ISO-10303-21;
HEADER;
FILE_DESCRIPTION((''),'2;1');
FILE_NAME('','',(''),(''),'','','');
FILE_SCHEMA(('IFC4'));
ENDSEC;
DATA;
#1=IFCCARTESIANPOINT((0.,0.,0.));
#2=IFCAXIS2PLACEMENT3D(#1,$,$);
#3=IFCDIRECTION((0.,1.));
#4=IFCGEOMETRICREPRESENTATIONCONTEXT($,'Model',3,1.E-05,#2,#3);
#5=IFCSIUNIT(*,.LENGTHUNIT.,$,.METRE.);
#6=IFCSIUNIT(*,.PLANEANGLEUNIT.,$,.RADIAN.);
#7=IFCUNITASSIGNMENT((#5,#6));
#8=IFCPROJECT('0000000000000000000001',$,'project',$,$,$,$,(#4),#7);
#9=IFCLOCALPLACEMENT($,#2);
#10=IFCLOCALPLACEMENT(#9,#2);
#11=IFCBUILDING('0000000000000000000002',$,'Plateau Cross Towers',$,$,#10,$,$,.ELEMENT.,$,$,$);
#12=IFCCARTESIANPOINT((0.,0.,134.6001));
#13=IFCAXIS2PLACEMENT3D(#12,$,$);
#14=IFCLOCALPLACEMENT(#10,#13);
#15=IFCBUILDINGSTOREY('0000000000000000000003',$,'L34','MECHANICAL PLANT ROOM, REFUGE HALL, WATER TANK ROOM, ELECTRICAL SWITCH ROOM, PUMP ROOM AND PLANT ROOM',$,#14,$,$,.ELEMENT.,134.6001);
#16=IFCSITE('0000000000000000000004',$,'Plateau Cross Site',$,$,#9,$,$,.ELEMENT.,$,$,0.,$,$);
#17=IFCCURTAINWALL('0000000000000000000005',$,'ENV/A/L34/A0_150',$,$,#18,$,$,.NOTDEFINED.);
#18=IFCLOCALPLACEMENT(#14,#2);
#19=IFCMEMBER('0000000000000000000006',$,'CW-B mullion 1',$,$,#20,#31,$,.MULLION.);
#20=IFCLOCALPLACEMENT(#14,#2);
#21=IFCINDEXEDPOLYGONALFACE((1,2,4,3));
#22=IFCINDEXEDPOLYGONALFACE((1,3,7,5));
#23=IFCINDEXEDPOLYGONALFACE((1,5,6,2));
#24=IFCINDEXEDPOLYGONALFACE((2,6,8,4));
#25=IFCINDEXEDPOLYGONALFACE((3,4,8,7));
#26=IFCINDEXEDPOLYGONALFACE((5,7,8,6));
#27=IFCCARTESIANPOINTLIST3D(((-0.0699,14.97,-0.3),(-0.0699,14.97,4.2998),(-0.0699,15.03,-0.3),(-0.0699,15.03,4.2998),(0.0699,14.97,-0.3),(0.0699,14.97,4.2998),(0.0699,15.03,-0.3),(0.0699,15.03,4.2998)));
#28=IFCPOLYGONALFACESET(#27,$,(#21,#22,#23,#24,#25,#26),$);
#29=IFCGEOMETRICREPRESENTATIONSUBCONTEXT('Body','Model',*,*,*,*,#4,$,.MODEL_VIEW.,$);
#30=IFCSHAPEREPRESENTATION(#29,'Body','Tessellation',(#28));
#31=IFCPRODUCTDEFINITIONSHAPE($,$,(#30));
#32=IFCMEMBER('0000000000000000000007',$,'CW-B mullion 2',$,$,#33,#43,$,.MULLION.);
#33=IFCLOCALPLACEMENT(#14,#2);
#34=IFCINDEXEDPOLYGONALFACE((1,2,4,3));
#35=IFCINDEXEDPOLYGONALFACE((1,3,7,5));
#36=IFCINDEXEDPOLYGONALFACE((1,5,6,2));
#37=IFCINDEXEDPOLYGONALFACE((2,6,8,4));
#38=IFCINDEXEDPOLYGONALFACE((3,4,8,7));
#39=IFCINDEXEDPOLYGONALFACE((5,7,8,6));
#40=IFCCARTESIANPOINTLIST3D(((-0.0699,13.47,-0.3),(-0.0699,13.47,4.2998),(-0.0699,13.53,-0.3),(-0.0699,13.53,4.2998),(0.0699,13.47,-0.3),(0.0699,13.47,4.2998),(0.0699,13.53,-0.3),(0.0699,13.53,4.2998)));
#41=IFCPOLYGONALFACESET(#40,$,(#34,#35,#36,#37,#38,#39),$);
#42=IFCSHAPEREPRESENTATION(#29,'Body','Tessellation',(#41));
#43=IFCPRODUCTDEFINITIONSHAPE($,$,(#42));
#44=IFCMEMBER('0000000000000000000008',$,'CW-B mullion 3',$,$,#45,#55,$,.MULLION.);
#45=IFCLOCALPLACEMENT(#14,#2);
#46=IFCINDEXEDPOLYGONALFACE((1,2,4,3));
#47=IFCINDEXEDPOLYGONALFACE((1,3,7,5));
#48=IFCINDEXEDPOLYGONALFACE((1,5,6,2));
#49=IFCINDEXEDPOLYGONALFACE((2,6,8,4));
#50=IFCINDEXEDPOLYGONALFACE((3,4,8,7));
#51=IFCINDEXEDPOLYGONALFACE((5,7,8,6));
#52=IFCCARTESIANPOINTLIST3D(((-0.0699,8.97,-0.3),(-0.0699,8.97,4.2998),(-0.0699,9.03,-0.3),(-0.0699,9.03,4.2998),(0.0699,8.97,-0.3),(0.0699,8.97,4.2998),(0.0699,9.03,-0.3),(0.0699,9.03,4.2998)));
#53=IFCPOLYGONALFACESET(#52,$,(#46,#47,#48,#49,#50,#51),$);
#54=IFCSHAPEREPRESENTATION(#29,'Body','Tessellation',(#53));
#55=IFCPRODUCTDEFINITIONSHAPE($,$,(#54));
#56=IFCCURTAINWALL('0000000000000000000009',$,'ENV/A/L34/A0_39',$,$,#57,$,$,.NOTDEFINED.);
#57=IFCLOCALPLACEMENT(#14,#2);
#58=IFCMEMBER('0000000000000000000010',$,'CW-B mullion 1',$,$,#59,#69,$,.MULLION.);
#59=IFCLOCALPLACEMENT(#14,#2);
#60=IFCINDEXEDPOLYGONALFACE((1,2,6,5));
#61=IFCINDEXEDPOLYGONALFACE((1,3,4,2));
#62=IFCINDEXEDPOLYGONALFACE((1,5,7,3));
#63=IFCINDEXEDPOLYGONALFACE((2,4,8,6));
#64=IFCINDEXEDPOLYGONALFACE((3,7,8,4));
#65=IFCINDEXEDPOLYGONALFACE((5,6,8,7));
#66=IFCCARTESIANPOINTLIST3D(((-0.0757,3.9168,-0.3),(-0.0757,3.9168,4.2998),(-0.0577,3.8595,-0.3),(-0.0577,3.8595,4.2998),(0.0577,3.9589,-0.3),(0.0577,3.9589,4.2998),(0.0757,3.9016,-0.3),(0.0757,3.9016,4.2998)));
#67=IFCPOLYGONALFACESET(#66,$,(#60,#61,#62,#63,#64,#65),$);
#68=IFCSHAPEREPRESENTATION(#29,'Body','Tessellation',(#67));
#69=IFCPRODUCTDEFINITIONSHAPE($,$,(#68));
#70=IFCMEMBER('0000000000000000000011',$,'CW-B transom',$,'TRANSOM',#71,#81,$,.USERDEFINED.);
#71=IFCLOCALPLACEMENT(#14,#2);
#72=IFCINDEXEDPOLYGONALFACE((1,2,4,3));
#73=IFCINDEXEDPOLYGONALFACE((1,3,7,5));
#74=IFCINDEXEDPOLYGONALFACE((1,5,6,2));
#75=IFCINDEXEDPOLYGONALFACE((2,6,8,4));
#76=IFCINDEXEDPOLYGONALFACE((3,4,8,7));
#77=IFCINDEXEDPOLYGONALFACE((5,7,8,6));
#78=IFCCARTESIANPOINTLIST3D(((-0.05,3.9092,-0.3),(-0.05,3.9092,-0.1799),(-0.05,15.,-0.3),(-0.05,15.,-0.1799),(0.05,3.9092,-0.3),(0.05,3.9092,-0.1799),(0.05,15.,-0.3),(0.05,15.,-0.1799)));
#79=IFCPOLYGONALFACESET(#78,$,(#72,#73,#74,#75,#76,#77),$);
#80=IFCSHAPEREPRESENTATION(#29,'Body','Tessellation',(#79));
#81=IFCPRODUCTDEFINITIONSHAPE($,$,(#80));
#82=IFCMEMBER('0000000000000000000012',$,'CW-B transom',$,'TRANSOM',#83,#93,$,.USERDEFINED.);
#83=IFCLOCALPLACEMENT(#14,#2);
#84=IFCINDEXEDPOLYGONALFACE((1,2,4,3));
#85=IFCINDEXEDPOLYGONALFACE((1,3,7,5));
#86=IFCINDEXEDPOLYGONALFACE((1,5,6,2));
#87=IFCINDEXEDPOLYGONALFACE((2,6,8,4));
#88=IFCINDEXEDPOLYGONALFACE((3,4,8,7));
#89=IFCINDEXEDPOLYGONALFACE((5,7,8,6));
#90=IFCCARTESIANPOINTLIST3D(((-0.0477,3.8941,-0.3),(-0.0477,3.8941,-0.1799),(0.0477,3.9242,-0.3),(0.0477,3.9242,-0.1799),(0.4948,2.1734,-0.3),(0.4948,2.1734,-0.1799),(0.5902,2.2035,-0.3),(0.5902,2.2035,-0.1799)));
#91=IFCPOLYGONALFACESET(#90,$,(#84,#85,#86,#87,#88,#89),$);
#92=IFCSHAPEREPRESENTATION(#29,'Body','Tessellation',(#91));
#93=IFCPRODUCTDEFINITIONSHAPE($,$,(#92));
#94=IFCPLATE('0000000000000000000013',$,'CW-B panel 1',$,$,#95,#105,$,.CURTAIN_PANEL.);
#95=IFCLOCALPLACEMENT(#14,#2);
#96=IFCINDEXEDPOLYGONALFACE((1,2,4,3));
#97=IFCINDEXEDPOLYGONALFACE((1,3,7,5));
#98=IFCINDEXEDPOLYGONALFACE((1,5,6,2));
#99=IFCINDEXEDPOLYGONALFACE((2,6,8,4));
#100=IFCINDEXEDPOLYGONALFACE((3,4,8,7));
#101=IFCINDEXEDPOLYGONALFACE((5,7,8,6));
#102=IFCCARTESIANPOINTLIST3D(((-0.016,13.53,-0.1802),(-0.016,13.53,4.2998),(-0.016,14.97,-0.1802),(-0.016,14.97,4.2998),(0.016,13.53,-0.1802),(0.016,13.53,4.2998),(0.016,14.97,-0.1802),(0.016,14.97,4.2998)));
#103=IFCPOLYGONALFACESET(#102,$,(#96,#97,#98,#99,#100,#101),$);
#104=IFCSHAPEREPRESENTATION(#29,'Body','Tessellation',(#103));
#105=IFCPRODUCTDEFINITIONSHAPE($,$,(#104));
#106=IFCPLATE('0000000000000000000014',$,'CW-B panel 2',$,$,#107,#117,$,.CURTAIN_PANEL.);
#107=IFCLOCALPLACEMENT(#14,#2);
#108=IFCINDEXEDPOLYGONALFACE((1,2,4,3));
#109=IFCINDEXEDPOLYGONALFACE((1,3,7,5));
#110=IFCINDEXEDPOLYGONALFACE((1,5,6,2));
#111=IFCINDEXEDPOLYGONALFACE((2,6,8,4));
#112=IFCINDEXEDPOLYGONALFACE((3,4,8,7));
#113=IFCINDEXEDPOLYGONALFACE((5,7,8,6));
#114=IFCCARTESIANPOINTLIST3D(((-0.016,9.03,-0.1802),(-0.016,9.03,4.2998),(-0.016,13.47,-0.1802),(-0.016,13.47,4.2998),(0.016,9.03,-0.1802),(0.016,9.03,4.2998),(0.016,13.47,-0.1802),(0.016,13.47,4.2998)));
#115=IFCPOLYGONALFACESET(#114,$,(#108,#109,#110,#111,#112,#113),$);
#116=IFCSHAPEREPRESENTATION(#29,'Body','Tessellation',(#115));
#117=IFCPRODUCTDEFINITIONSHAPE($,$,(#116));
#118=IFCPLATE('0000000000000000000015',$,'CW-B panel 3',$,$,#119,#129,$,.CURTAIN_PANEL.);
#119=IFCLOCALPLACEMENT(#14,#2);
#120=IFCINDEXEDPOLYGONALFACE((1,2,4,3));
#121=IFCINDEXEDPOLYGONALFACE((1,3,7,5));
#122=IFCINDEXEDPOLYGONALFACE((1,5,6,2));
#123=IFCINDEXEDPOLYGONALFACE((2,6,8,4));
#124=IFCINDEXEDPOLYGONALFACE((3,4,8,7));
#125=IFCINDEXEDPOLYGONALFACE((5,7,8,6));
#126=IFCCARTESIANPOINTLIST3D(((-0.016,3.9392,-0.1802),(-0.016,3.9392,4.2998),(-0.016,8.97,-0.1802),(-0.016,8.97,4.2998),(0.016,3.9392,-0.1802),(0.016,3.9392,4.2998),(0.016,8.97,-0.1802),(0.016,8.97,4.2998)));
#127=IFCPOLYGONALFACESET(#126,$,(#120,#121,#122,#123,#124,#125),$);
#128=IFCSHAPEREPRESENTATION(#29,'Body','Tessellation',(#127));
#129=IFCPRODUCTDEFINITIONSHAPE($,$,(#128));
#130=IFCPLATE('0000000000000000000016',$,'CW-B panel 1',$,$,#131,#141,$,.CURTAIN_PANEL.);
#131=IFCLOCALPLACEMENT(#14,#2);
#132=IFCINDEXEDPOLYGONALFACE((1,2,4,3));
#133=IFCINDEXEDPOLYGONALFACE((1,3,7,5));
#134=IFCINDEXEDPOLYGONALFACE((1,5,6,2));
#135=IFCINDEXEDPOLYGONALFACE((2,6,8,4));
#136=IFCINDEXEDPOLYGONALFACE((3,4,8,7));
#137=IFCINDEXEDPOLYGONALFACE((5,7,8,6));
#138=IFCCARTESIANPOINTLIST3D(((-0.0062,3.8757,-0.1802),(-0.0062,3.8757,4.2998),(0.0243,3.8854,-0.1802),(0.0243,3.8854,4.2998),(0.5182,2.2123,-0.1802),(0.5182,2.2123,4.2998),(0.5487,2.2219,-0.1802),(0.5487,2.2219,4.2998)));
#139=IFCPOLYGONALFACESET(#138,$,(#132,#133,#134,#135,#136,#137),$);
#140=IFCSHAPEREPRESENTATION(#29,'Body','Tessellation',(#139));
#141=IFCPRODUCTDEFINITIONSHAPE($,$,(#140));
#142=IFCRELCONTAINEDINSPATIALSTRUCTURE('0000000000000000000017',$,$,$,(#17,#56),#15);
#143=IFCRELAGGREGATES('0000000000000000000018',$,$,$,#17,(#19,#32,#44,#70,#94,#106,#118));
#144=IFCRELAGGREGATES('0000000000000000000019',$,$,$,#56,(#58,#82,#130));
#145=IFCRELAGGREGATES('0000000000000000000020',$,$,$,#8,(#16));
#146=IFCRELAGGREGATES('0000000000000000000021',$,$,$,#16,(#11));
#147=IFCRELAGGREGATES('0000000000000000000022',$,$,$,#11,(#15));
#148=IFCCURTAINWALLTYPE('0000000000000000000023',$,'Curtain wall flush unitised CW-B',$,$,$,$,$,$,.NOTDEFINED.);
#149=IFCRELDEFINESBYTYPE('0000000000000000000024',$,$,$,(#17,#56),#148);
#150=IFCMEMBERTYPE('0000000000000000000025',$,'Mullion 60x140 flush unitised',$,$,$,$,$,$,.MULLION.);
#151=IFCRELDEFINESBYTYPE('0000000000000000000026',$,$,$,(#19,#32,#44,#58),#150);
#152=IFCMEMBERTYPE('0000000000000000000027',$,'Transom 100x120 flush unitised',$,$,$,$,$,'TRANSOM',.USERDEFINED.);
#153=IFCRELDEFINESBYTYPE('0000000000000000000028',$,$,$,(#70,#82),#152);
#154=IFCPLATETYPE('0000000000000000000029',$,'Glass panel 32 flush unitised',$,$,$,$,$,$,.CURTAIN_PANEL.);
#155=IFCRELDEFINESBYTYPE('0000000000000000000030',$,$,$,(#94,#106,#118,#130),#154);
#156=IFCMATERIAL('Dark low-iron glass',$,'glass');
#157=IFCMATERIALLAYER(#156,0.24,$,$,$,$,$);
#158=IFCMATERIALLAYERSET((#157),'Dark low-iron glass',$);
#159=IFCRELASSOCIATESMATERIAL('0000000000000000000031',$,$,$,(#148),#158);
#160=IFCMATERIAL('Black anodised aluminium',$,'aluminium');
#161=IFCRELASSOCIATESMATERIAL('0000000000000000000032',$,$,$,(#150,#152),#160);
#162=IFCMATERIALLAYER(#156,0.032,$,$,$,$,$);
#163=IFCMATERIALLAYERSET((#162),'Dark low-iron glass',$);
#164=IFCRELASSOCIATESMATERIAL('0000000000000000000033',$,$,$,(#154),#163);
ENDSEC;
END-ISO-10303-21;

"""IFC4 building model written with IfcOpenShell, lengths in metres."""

from ifc_helpers import new_model, si_unit, direction, frame, origin, origin_2d, place, context, subcontext, project, spatial, rectangle, extrude, material, layer, layer_set, material_profile, profile_set, type_object, element, aggregate, save


model = new_model("IFC4")

# Units and contexts
model_context = context("Model", 3, precision=1e-05, world=origin(), true_north=direction((0.0, 1.0)))
body_context = subcontext(model_context, "Body", "Model", "MODEL_VIEW")
ifc_project = project(units=[si_unit("LENGTHUNIT", "METRE"), si_unit("PLANEANGLEUNIT", "RADIAN")], contexts=[model_context])

# Site, building, storey
site_placement = place(None, origin())
site = spatial("IfcSite", under=ifc_project, at=site_placement, Name="Plateau Cross Site", CompositionType="ELEMENT", RefElevation=0.0)
building_placement = place(site_placement, origin())
building = spatial("IfcBuilding", under=site, at=building_placement, Name="Plateau Cross Towers", CompositionType="ELEMENT")
storey_placement = place(building_placement, frame((0.0, 0.0, 134.6001)))
storey = spatial("IfcBuildingStorey", under=building, at=storey_placement, Name="L34", Description="MECHANICAL PLANT ROOM, REFUGE HALL, WATER TANK ROOM, ELECTRICAL SWITCH ROOM, PUMP ROOM AND PLANT ROOM", CompositionType="ELEMENT", Elevation=134.6001)

# Curtain wall, members
ifc_material_1 = material(Name="Dark low-iron glass", Category="glass")
ifc_layer_1 = layer(ifc_material_1, 0.24)
ifc_layer_set_1 = layer_set([ifc_layer_1], Name="Dark low-iron glass")
curtain_wall_type = type_object("IfcCurtainWallType", Name="Curtain wall flush unitised CW-B", PredefinedType="NOTDEFINED", material=ifc_layer_set_1)
curtain_wall_1_placement = place(storey_placement, origin())
curtain_wall_1 = element("IfcCurtainWall", 1, at=curtain_wall_1_placement, inside=storey, type_object=curtain_wall_type, Name="ENV/A/L34/A0_150", PredefinedType="NOTDEFINED")
ifc_material_2 = material(Name="Black anodised aluminium", Category="aluminium")
ifc_material_profile_1 = material_profile(ifc_material_2, rectangle(XDim=0.0601, YDim=0.1399, at=origin_2d()), Name="MULLION 60x140")
ifc_profile_set_1 = profile_set([ifc_material_profile_1], Name="Black anodised aluminium")
member_type_1 = type_object("IfcMemberType", Name="Mullion 60x140 flush unitised", PredefinedType="MULLION", material=ifc_profile_set_1)
member_1_placement = place(storey_placement, frame((0.0, 15.0, -0.3), z_axis=(0.0, 0.0, 1.0), x_axis=(0.0, -1.0, 0.0)))
member_1 = element("IfcMember", 2, at=member_1_placement, type_object=member_type_1, Name="CW-B mullion 1", PredefinedType="MULLION", context=body_context, shape_type="SweptSolid", body=[
    extrude(rectangle(XDim=0.0601, YDim=0.1399, at=origin_2d()), origin(), (0.0, 0.0, 1.0), 4.5999),
])
member_2_placement = place(storey_placement, frame((0.0, 13.5, -0.3), z_axis=(0.0, 0.0, 1.0), x_axis=(0.0, -1.0, 0.0)))
member_2 = element("IfcMember", 3, at=member_2_placement, type_object=member_type_1, Name="CW-B mullion 2", PredefinedType="MULLION", context=body_context, shape_type="SweptSolid", body=[
    extrude(rectangle(XDim=0.0601, YDim=0.1399, at=origin_2d()), origin(), (0.0, 0.0, 1.0), 4.5999),
])
member_3_placement = place(storey_placement, frame((0.0, 9.0, -0.3), z_axis=(0.0, 0.0, 1.0), x_axis=(0.0, -1.0, 0.0)))
member_3 = element("IfcMember", 4, at=member_3_placement, type_object=member_type_1, Name="CW-B mullion 3", PredefinedType="MULLION", context=body_context, shape_type="SweptSolid", body=[
    extrude(rectangle(XDim=0.0601, YDim=0.1399, at=origin_2d()), origin(), (0.0, 0.0, 1.0), 4.5999),
])

# Curtain wall, member
curtain_wall_2_placement = place(storey_placement, origin())
curtain_wall_2 = element("IfcCurtainWall", 5, at=curtain_wall_2_placement, inside=storey, type_object=curtain_wall_type, Name="ENV/A/L34/A0_39", PredefinedType="NOTDEFINED")
member_4_placement = place(storey_placement, frame((0.0, 3.9092, -0.3), z_axis=(0.0, 0.0, 1.0), x_axis=(0.300686, -0.953723, 0.0)))
member_4 = element("IfcMember", 6, at=member_4_placement, type_object=member_type_1, Name="CW-B mullion 1", PredefinedType="MULLION", context=body_context, shape_type="SweptSolid", body=[
    extrude(rectangle(XDim=0.0601, YDim=0.1399, at=origin_2d()), origin(), (0.0, 0.0, 1.0), 4.5999),
])

# Members
ifc_material_profile_2 = material_profile(ifc_material_2, rectangle(XDim=0.1001, YDim=0.1201, at=origin_2d()), Name="TRANSOM 100x120")
ifc_profile_set_2 = profile_set([ifc_material_profile_2], Name="Black anodised aluminium")
member_type_2 = type_object("IfcMemberType", Name="Transom 100x120 flush unitised", ElementType="TRANSOM", PredefinedType="USERDEFINED", material=ifc_profile_set_2)
member_5_placement = place(storey_placement, frame((0.0, 15.0, -0.24), z_axis=(0.0, -1.0, 0.0), x_axis=(1.0, 0.0, 0.0)))
member_5 = element("IfcMember", 7, at=member_5_placement, type_object=member_type_2, Name="CW-B transom", ObjectType="TRANSOM", PredefinedType="USERDEFINED", context=body_context, shape_type="SweptSolid", body=[
    extrude(rectangle(XDim=0.1001, YDim=0.1201, at=origin_2d()), origin(), (0.0, 0.0, 1.0), 11.0908),
])
member_6_placement = place(storey_placement, frame((0.0, 3.9092, -0.24), z_axis=(0.300678, -0.953726, 0.0), x_axis=(0.953726, 0.300678, 0.0)))
member_6 = element("IfcMember", 8, at=member_6_placement, type_object=member_type_2, Name="CW-B transom", ObjectType="TRANSOM", PredefinedType="USERDEFINED", context=body_context, shape_type="SweptSolid", body=[
    extrude(rectangle(XDim=0.1001, YDim=0.1201, at=origin_2d()), origin(), (0.0, 0.0, 1.0), 1.8042),
])

# Plates
ifc_layer_2 = layer(ifc_material_1, 0.032)
ifc_layer_set_2 = layer_set([ifc_layer_2], Name="Dark low-iron glass")
plate_type = type_object("IfcPlateType", Name="Glass panel 32 flush unitised", PredefinedType="CURTAIN_PANEL", material=ifc_layer_set_2)
plate_1_placement = place(storey_placement, frame((0.0, 14.25, -0.1802), z_axis=(0.0, 0.0, 1.0), x_axis=(0.0, -1.0, 0.0)))
plate_1 = element("IfcPlate", 9, at=plate_1_placement, type_object=plate_type, Name="CW-B panel 1", PredefinedType="CURTAIN_PANEL", context=body_context, shape_type="SweptSolid", body=[
    extrude(rectangle(XDim=1.4399, YDim=0.032, at=origin_2d()), origin(), (0.0, 0.0, 1.0), 4.48),
])
plate_2_placement = place(storey_placement, frame((0.0, 11.25, -0.1802), z_axis=(0.0, 0.0, 1.0), x_axis=(0.0, -1.0, 0.0)))
plate_2 = element("IfcPlate", 10, at=plate_2_placement, type_object=plate_type, Name="CW-B panel 2", PredefinedType="CURTAIN_PANEL", context=body_context, shape_type="SweptSolid", body=[
    extrude(rectangle(XDim=4.4399, YDim=0.032, at=origin_2d()), origin(), (0.0, 0.0, 1.0), 4.48),
])
plate_3_placement = place(storey_placement, frame((0.0, 6.4546, -0.1802), z_axis=(0.0, 0.0, 1.0), x_axis=(0.0, -1.0, 0.0)))
plate_3 = element("IfcPlate", 11, at=plate_3_placement, type_object=plate_type, Name="CW-B panel 3", PredefinedType="CURTAIN_PANEL", context=body_context, shape_type="SweptSolid", body=[
    extrude(rectangle(XDim=5.0308, YDim=0.032, at=origin_2d()), origin(), (0.0, 0.0, 1.0), 4.48),
])
aggregate(curtain_wall_1, [member_1, member_2, member_3, member_5, plate_1, plate_2, plate_3])
plate_4_placement = place(storey_placement, frame((0.2712, 3.0488, -0.1802), z_axis=(0.0, 0.0, 1.0), x_axis=(0.300686, -0.953723, 0.0)))
plate_4 = element("IfcPlate", 12, at=plate_4_placement, type_object=plate_type, Name="CW-B panel 1", PredefinedType="CURTAIN_PANEL", context=body_context, shape_type="SweptSolid", body=[
    extrude(rectangle(XDim=1.7441, YDim=0.032, at=origin_2d()), origin(), (0.0, 0.0, 1.0), 4.48),
])
aggregate(curtain_wall_2, [member_4, member_6, plate_4])

save(model, "model.ifc")
